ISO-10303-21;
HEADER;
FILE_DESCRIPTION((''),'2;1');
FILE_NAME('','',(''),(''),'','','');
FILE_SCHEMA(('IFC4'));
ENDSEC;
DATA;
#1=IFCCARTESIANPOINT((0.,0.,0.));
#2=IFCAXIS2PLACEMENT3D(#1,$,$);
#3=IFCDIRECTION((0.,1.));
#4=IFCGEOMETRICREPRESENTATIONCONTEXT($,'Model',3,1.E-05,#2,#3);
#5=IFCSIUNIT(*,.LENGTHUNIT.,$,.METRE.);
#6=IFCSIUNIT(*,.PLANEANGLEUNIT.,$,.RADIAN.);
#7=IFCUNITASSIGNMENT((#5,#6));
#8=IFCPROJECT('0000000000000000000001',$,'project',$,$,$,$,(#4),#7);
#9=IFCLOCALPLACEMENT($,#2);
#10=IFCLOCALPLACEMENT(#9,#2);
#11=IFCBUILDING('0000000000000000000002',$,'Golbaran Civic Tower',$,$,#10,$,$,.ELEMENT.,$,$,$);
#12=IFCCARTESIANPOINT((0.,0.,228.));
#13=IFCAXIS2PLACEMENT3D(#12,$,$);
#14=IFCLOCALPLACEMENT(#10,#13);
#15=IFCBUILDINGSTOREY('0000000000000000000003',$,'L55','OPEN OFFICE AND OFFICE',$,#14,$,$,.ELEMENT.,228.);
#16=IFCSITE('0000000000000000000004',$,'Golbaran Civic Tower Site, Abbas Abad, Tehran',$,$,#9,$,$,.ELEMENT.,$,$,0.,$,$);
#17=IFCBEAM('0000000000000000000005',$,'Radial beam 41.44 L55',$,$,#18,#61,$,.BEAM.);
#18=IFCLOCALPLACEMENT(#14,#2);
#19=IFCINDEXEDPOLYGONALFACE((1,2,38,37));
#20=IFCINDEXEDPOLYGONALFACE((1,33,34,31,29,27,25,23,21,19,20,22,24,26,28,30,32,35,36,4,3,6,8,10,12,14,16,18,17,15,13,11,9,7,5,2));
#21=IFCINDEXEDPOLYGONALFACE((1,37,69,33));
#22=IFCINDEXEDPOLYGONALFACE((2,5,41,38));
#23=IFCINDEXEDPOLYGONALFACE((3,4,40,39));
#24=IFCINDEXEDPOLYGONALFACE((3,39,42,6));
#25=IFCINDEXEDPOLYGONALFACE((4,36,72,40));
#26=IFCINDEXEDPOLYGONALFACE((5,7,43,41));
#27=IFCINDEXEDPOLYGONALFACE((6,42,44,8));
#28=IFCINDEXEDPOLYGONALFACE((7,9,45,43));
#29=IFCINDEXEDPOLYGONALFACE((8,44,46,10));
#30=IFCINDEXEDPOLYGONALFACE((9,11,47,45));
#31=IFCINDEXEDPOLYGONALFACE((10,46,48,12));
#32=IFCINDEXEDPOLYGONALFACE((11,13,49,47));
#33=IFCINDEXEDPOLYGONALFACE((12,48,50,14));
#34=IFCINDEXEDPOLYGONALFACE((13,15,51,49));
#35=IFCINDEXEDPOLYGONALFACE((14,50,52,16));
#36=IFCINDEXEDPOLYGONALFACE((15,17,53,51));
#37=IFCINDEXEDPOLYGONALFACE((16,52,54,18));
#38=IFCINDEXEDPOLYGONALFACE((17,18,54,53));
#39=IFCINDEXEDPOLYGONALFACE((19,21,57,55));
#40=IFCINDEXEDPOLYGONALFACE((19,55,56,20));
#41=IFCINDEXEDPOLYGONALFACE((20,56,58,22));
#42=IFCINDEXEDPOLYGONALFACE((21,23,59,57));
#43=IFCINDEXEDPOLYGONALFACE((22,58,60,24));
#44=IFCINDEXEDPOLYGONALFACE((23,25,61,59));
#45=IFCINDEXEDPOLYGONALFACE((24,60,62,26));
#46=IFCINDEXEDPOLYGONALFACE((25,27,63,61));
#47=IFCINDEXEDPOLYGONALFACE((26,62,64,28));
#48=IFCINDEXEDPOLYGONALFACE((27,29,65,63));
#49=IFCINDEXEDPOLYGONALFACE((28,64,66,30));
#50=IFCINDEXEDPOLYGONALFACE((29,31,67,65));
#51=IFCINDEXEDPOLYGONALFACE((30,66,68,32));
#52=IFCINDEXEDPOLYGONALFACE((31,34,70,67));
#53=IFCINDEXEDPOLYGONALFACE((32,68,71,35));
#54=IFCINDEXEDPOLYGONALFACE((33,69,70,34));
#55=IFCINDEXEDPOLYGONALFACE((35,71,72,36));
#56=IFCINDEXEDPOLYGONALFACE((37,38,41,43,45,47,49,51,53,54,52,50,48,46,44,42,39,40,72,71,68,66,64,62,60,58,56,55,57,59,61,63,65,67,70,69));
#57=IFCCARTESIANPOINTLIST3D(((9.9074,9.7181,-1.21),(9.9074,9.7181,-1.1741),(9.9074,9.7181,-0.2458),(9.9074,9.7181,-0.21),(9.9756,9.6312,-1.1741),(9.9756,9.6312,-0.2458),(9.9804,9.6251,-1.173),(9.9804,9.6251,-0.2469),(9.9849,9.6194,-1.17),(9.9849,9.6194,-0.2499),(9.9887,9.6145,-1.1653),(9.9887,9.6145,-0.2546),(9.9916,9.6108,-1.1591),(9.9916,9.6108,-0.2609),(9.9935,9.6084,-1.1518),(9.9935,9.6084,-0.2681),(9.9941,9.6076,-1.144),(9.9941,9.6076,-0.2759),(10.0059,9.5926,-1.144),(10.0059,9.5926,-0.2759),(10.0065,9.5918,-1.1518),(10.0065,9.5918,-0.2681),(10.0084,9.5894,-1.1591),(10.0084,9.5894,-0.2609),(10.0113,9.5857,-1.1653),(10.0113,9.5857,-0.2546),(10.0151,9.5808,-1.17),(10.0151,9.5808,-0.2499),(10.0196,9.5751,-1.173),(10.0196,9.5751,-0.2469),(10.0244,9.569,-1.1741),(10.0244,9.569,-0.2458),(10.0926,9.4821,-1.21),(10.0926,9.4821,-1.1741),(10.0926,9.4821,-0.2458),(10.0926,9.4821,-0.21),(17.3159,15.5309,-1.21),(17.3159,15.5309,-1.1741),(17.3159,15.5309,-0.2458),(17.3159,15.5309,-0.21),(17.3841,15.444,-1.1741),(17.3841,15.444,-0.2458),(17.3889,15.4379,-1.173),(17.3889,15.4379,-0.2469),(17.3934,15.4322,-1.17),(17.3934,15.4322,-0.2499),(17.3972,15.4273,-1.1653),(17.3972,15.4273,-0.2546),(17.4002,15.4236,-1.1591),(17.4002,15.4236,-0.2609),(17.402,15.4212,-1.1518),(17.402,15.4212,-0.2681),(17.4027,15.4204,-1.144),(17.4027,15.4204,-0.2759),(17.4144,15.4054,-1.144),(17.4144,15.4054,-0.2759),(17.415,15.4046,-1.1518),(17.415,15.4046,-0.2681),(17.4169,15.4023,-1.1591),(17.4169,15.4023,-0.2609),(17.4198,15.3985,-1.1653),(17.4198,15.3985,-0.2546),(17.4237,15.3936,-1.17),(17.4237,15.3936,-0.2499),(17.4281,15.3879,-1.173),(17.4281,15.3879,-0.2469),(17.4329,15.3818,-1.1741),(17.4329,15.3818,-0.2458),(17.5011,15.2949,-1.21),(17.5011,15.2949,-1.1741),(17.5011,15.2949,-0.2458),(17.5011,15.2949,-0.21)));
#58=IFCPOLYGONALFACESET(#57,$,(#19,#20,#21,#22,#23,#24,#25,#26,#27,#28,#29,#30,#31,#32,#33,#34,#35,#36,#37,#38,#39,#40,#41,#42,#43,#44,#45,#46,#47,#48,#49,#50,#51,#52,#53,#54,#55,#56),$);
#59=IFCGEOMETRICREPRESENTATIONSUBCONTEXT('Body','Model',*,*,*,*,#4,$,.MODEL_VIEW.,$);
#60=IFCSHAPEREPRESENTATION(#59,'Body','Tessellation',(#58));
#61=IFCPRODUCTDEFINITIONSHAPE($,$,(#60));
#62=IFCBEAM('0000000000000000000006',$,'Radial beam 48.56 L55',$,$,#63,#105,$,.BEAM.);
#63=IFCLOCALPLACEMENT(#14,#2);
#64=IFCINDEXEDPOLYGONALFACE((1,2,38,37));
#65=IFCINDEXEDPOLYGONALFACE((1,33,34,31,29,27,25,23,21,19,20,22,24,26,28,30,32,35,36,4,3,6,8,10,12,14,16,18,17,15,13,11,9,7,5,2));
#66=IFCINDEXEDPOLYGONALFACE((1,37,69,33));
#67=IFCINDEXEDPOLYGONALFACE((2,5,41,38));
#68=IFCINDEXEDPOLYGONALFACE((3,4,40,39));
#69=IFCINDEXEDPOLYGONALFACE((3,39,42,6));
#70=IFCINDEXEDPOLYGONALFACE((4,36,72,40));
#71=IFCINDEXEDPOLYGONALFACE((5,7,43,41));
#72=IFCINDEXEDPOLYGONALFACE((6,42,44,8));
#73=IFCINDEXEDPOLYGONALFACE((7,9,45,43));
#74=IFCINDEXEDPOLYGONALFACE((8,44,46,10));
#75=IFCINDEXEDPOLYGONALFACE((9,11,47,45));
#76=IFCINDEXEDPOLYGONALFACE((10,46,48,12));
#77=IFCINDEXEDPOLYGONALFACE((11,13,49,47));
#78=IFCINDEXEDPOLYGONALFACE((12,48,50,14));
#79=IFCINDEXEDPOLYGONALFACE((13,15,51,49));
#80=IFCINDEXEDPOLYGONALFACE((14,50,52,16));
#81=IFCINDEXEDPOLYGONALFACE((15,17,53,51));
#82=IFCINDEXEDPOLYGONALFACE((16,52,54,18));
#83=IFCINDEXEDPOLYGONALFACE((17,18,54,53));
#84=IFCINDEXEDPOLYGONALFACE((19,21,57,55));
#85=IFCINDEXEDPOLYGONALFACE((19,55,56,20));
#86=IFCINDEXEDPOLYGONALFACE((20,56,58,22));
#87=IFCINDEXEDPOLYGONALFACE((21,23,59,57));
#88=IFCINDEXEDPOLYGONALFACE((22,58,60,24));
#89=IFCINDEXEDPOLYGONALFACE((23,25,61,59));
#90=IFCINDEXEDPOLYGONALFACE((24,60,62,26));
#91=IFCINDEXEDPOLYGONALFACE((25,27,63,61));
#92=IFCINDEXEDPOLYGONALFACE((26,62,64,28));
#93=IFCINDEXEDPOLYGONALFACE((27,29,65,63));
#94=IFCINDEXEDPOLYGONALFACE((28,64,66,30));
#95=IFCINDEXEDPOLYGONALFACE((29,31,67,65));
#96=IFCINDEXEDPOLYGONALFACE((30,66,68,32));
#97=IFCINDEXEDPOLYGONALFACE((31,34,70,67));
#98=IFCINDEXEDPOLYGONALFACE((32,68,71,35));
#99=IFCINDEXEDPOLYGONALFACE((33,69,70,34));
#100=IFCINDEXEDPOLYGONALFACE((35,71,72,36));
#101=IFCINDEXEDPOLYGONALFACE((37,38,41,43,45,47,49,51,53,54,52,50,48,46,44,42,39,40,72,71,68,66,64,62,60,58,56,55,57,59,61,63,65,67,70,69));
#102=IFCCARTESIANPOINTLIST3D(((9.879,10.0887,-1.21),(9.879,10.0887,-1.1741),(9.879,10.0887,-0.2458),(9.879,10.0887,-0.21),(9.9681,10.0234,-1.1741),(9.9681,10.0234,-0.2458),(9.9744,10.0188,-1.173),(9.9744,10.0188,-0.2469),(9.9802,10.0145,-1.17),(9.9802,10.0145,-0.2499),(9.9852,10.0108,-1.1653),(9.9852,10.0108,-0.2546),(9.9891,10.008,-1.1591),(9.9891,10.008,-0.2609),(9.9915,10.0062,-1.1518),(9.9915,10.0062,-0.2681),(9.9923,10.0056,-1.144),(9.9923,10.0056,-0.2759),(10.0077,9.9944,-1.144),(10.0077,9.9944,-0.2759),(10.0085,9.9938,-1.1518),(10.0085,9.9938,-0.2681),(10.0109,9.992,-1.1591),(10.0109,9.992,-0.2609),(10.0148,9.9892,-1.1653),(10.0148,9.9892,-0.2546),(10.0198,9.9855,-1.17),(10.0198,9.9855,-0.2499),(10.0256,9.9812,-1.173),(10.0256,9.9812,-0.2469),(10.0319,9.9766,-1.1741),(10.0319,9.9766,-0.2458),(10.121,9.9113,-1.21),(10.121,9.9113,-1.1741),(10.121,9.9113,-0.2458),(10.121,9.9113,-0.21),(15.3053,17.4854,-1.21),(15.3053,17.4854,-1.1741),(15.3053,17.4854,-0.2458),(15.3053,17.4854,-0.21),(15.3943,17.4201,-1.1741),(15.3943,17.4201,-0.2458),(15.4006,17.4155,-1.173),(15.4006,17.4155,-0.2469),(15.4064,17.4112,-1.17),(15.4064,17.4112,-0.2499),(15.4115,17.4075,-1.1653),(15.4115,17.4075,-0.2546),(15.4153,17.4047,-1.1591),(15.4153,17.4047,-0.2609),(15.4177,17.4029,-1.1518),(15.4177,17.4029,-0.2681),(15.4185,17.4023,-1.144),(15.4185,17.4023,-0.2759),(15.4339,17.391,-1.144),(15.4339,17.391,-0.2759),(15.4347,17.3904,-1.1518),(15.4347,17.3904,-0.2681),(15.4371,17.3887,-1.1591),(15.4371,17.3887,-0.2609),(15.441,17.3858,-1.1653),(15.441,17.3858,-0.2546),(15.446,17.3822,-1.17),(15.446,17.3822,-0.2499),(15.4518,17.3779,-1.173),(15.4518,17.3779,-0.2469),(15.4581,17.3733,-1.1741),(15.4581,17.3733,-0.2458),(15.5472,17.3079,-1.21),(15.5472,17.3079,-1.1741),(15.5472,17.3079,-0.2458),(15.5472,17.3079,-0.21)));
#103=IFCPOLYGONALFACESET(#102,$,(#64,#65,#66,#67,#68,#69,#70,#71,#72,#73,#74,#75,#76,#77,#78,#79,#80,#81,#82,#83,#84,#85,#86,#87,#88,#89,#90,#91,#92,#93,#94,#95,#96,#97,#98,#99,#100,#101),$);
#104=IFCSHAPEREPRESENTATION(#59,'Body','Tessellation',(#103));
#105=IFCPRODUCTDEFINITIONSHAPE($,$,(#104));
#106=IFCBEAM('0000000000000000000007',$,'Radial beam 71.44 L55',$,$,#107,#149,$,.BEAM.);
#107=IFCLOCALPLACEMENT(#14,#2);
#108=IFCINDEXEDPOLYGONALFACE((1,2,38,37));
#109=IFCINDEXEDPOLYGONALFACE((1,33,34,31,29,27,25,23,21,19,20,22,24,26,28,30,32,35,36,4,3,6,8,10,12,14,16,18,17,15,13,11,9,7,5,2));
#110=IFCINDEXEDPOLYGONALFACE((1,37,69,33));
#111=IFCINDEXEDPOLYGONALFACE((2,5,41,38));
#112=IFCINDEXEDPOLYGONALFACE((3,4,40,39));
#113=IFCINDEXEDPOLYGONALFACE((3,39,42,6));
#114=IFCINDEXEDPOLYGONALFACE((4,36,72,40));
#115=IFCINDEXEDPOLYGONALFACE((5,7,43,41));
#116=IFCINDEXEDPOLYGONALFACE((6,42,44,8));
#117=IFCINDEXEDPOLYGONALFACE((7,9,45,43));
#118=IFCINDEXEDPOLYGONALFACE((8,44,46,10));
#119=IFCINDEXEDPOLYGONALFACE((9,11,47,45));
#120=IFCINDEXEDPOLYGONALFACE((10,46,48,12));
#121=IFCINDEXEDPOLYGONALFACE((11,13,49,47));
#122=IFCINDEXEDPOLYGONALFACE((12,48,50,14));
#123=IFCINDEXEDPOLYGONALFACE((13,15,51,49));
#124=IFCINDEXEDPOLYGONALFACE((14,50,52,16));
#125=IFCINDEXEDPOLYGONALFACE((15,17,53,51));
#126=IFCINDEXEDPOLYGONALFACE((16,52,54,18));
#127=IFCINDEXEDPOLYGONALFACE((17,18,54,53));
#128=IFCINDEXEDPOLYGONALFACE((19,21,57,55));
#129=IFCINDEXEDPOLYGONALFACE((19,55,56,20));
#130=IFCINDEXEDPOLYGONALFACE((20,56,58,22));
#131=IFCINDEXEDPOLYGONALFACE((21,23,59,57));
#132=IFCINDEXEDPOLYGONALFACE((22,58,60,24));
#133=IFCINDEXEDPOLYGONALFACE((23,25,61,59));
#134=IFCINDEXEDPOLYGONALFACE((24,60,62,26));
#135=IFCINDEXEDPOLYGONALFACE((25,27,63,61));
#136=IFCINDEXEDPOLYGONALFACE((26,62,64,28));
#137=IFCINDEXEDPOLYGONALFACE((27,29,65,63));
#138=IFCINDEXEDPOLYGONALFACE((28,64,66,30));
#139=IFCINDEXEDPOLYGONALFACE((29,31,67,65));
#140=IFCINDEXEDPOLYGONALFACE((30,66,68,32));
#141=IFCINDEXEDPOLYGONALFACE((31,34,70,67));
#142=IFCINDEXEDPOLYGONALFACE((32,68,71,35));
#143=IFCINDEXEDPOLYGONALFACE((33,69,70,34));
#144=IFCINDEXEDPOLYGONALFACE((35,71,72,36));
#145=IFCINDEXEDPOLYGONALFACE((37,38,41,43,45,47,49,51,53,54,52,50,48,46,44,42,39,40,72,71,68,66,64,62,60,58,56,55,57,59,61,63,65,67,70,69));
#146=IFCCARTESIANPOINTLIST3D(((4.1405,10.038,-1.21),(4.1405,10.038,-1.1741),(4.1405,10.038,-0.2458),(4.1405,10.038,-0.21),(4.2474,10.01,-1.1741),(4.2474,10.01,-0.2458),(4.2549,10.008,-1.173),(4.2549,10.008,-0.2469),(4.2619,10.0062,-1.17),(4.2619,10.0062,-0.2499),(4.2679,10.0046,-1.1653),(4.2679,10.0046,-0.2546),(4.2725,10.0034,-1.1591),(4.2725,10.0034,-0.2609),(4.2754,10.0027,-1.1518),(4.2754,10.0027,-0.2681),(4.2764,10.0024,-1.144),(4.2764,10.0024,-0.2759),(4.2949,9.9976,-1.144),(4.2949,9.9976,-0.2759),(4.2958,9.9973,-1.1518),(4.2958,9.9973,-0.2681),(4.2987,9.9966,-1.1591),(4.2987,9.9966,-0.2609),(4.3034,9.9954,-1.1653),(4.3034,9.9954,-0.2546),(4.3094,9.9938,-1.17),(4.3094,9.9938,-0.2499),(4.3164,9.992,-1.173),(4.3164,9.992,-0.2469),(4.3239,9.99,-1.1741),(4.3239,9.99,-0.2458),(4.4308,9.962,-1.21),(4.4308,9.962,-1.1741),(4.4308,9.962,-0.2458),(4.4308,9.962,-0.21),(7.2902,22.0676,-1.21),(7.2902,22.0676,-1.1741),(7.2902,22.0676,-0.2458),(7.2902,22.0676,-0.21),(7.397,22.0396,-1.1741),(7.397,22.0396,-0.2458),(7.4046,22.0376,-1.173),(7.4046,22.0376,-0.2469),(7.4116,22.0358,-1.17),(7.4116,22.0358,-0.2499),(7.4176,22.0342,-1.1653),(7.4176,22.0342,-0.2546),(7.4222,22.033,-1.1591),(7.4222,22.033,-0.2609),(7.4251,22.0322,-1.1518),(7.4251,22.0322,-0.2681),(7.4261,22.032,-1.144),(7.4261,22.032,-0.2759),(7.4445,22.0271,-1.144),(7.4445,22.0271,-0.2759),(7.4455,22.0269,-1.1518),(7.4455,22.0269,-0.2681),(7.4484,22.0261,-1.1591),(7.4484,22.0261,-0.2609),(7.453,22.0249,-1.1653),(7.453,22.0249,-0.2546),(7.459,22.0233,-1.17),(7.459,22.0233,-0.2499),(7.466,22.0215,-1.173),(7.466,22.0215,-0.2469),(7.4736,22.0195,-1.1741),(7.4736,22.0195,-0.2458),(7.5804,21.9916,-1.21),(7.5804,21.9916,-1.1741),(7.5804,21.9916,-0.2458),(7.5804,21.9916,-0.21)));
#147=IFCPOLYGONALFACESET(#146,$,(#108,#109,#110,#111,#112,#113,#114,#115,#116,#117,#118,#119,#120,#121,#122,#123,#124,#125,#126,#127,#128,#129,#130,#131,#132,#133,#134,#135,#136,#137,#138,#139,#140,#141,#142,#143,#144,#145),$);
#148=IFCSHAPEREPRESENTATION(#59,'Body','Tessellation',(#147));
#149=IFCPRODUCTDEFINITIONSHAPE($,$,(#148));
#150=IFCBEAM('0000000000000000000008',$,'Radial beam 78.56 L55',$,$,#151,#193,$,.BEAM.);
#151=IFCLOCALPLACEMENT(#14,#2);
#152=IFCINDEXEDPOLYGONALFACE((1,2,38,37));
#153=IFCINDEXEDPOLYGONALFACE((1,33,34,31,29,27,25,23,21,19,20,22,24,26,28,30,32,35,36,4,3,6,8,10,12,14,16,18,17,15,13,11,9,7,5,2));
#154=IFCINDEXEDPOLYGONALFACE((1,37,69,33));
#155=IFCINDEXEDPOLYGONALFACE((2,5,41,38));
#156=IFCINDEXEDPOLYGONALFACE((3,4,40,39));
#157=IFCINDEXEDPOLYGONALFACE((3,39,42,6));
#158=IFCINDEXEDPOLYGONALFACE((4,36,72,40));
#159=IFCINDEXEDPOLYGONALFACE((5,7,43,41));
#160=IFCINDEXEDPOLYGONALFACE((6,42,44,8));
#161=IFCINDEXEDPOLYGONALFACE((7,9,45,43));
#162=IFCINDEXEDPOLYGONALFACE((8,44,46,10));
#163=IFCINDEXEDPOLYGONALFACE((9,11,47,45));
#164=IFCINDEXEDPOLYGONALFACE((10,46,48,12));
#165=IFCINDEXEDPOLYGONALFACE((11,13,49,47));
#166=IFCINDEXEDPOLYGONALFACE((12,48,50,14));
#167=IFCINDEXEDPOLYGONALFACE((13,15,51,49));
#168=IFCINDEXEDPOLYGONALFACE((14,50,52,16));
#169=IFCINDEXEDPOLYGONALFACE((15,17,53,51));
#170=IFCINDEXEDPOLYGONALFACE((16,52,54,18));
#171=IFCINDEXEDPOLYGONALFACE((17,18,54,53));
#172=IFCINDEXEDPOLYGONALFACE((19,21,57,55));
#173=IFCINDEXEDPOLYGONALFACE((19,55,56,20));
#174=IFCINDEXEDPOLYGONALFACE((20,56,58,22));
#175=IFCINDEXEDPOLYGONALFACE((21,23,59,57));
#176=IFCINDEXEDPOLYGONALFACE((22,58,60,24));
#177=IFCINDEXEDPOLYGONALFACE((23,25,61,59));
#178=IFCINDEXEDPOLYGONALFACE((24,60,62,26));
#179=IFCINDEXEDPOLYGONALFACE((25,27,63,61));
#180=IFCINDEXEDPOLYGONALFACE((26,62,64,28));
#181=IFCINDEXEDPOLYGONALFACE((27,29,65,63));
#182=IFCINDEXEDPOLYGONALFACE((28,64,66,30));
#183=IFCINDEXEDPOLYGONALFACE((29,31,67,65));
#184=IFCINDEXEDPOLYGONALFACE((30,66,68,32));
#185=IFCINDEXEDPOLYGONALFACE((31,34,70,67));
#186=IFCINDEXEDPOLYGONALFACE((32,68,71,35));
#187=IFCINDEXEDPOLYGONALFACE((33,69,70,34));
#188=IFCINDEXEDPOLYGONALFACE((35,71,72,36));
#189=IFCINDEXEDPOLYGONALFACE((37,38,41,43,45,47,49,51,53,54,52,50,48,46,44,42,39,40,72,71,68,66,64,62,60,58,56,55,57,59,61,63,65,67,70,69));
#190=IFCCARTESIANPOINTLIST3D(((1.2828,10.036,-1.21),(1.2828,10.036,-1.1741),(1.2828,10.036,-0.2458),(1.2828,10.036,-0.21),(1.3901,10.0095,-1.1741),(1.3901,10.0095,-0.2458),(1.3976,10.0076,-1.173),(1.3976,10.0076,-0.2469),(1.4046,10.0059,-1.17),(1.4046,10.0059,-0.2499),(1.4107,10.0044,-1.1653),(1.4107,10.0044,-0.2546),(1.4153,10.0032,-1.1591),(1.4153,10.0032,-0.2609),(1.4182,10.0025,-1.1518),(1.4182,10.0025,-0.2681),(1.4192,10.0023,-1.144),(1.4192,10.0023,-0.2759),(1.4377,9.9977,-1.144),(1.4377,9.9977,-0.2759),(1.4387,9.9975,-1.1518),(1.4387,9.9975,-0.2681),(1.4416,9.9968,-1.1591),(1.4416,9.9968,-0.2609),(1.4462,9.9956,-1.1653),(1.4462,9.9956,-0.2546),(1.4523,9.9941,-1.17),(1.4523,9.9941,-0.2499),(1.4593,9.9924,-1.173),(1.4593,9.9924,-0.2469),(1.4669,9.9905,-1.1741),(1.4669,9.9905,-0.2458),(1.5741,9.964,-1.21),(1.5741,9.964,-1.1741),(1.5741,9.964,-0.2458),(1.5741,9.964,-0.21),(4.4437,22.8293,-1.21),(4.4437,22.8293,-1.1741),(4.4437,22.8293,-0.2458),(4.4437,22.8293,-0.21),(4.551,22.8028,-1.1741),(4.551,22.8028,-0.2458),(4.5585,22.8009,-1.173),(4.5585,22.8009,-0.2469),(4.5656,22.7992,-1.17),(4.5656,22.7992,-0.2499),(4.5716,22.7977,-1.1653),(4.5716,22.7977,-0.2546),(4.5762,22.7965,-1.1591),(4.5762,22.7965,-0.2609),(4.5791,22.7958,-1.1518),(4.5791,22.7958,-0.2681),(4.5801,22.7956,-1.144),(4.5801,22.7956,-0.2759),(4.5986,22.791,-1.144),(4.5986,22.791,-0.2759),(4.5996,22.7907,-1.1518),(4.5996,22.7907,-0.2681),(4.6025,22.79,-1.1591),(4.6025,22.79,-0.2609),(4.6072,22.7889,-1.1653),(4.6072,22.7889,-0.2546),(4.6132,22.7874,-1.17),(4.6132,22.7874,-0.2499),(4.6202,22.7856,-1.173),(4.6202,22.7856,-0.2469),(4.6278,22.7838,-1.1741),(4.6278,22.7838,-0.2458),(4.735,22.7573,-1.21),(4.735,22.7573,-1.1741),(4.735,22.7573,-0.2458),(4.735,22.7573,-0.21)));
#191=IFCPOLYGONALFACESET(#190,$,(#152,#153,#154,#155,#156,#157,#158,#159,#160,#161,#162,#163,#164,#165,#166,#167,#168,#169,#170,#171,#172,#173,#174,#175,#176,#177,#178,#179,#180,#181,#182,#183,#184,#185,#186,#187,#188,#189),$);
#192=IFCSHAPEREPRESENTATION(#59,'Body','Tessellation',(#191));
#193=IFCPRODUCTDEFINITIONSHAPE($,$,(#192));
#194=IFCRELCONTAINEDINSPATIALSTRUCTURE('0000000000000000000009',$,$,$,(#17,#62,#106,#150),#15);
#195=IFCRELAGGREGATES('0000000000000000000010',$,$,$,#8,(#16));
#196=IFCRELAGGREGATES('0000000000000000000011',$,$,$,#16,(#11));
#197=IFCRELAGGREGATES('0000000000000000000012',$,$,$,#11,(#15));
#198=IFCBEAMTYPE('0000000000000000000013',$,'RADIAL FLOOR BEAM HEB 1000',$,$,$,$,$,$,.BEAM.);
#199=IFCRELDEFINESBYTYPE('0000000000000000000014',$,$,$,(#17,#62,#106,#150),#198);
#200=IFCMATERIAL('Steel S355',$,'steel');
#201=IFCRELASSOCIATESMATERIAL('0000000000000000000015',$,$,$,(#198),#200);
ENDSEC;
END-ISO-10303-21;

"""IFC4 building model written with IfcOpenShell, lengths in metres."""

from ifc_helpers import new_model, si_unit, direction, frame, origin, origin_2d, place, context, subcontext, project, spatial, i_section, extrude, material, material_profile, profile_set, type_object, element, save


model = new_model("IFC4")

# Units and contexts
model_context = context("Model", 3, precision=1e-05, world=origin(), true_north=direction((0.0, 1.0)))
body_context = subcontext(model_context, "Body", "Model", "MODEL_VIEW")
ifc_project = project(units=[si_unit("LENGTHUNIT", "METRE"), si_unit("PLANEANGLEUNIT", "RADIAN")], contexts=[model_context])

# Site, building, storey
site_placement = place(None, origin())
site = spatial("IfcSite", under=ifc_project, at=site_placement, Name="Golbaran Civic Tower Site, Abbas Abad, Tehran", CompositionType="ELEMENT", RefElevation=0.0)
building_placement = place(site_placement, origin())
building = spatial("IfcBuilding", under=site, at=building_placement, Name="Golbaran Civic Tower", CompositionType="ELEMENT")
storey_placement = place(building_placement, frame((0.0, 0.0, 228.0)))
storey = spatial("IfcBuildingStorey", under=building, at=storey_placement, Name="L55", Description="OPEN OFFICE AND OFFICE", CompositionType="ELEMENT", Elevation=228.0)

# Beams
ifc_material_1 = material(Name="Steel S355", Category="steel")
ifc_material_profile_1 = material_profile(ifc_material_1, i_section(OverallWidth=0.3, OverallDepth=1.0, WebThickness=0.019, FlangeThickness=0.0359, FilletRadius=0.03, at=origin_2d()), Name="HEB 1000")
ifc_profile_set_1 = profile_set([ifc_material_profile_1], Name="Steel S355")
beam_type_1 = type_object("IfcBeamType", Name="RADIAL FLOOR BEAM HEB 1000", PredefinedType="BEAM", material=ifc_profile_set_1)
beam_1_placement = place(storey_placement, frame((10.0, 9.6001, -0.71), z_axis=(0.78674, 0.617284, 0.0), x_axis=(-0.617284, 0.78674, 0.0)))
element("IfcBeam", 1, at=beam_1_placement, inside=storey, type_object=beam_type_1, Name="Radial beam 41.44 L55", PredefinedType="BEAM", context=body_context, shape_type="SweptSolid", body=[
    extrude(i_section(OverallWidth=0.3, OverallDepth=1.0, WebThickness=0.019, FlangeThickness=0.0359, FilletRadius=0.03, at=origin_2d()), origin(), (0.0, 0.0, 1.0), 9.4167),
])
beam_2_placement = place(storey_placement, frame((10.0, 10.0, -0.71), z_axis=(0.591506, 0.806301, 0.0), x_axis=(-0.806301, 0.591506, 0.0)))
element("IfcBeam", 2, at=beam_2_placement, inside=storey, type_object=beam_type_1, Name="Radial beam 48.56 L55", PredefinedType="BEAM", context=body_context, shape_type="SweptSolid", body=[
    extrude(i_section(OverallWidth=0.3, OverallDepth=1.0, WebThickness=0.019, FlangeThickness=0.0359, FilletRadius=0.03, at=origin_2d()), origin(), (0.0, 0.0, 1.0), 9.1736),
])
beam_3_placement = place(storey_placement, frame((4.2856, 10.0, -0.71), z_axis=(0.253289, 0.967391, 0.0), x_axis=(-0.967391, 0.253289, 0.0)))
element("IfcBeam", 3, at=beam_3_placement, inside=storey, type_object=beam_type_1, Name="Radial beam 71.44 L55", PredefinedType="BEAM", context=body_context, shape_type="SweptSolid", body=[
    extrude(i_section(OverallWidth=0.3, OverallDepth=1.0, WebThickness=0.019, FlangeThickness=0.0359, FilletRadius=0.03, at=origin_2d()), origin(), (0.0, 0.0, 1.0), 12.4351),
])
beam_4_placement = place(storey_placement, frame((1.4285, 10.0, -0.71), z_axis=(0.239863, 0.970807, 0.0), x_axis=(-0.970807, 0.239863, 0.0)))
element("IfcBeam", 4, at=beam_4_placement, inside=storey, type_object=beam_type_1, Name="Radial beam 78.56 L55", PredefinedType="BEAM", context=body_context, shape_type="SweptSolid", body=[
    extrude(i_section(OverallWidth=0.3, OverallDepth=1.0, WebThickness=0.019, FlangeThickness=0.0359, FilletRadius=0.03, at=origin_2d()), origin(), (0.0, 0.0, 1.0), 13.178),
])

save(model, "model.ifc")
